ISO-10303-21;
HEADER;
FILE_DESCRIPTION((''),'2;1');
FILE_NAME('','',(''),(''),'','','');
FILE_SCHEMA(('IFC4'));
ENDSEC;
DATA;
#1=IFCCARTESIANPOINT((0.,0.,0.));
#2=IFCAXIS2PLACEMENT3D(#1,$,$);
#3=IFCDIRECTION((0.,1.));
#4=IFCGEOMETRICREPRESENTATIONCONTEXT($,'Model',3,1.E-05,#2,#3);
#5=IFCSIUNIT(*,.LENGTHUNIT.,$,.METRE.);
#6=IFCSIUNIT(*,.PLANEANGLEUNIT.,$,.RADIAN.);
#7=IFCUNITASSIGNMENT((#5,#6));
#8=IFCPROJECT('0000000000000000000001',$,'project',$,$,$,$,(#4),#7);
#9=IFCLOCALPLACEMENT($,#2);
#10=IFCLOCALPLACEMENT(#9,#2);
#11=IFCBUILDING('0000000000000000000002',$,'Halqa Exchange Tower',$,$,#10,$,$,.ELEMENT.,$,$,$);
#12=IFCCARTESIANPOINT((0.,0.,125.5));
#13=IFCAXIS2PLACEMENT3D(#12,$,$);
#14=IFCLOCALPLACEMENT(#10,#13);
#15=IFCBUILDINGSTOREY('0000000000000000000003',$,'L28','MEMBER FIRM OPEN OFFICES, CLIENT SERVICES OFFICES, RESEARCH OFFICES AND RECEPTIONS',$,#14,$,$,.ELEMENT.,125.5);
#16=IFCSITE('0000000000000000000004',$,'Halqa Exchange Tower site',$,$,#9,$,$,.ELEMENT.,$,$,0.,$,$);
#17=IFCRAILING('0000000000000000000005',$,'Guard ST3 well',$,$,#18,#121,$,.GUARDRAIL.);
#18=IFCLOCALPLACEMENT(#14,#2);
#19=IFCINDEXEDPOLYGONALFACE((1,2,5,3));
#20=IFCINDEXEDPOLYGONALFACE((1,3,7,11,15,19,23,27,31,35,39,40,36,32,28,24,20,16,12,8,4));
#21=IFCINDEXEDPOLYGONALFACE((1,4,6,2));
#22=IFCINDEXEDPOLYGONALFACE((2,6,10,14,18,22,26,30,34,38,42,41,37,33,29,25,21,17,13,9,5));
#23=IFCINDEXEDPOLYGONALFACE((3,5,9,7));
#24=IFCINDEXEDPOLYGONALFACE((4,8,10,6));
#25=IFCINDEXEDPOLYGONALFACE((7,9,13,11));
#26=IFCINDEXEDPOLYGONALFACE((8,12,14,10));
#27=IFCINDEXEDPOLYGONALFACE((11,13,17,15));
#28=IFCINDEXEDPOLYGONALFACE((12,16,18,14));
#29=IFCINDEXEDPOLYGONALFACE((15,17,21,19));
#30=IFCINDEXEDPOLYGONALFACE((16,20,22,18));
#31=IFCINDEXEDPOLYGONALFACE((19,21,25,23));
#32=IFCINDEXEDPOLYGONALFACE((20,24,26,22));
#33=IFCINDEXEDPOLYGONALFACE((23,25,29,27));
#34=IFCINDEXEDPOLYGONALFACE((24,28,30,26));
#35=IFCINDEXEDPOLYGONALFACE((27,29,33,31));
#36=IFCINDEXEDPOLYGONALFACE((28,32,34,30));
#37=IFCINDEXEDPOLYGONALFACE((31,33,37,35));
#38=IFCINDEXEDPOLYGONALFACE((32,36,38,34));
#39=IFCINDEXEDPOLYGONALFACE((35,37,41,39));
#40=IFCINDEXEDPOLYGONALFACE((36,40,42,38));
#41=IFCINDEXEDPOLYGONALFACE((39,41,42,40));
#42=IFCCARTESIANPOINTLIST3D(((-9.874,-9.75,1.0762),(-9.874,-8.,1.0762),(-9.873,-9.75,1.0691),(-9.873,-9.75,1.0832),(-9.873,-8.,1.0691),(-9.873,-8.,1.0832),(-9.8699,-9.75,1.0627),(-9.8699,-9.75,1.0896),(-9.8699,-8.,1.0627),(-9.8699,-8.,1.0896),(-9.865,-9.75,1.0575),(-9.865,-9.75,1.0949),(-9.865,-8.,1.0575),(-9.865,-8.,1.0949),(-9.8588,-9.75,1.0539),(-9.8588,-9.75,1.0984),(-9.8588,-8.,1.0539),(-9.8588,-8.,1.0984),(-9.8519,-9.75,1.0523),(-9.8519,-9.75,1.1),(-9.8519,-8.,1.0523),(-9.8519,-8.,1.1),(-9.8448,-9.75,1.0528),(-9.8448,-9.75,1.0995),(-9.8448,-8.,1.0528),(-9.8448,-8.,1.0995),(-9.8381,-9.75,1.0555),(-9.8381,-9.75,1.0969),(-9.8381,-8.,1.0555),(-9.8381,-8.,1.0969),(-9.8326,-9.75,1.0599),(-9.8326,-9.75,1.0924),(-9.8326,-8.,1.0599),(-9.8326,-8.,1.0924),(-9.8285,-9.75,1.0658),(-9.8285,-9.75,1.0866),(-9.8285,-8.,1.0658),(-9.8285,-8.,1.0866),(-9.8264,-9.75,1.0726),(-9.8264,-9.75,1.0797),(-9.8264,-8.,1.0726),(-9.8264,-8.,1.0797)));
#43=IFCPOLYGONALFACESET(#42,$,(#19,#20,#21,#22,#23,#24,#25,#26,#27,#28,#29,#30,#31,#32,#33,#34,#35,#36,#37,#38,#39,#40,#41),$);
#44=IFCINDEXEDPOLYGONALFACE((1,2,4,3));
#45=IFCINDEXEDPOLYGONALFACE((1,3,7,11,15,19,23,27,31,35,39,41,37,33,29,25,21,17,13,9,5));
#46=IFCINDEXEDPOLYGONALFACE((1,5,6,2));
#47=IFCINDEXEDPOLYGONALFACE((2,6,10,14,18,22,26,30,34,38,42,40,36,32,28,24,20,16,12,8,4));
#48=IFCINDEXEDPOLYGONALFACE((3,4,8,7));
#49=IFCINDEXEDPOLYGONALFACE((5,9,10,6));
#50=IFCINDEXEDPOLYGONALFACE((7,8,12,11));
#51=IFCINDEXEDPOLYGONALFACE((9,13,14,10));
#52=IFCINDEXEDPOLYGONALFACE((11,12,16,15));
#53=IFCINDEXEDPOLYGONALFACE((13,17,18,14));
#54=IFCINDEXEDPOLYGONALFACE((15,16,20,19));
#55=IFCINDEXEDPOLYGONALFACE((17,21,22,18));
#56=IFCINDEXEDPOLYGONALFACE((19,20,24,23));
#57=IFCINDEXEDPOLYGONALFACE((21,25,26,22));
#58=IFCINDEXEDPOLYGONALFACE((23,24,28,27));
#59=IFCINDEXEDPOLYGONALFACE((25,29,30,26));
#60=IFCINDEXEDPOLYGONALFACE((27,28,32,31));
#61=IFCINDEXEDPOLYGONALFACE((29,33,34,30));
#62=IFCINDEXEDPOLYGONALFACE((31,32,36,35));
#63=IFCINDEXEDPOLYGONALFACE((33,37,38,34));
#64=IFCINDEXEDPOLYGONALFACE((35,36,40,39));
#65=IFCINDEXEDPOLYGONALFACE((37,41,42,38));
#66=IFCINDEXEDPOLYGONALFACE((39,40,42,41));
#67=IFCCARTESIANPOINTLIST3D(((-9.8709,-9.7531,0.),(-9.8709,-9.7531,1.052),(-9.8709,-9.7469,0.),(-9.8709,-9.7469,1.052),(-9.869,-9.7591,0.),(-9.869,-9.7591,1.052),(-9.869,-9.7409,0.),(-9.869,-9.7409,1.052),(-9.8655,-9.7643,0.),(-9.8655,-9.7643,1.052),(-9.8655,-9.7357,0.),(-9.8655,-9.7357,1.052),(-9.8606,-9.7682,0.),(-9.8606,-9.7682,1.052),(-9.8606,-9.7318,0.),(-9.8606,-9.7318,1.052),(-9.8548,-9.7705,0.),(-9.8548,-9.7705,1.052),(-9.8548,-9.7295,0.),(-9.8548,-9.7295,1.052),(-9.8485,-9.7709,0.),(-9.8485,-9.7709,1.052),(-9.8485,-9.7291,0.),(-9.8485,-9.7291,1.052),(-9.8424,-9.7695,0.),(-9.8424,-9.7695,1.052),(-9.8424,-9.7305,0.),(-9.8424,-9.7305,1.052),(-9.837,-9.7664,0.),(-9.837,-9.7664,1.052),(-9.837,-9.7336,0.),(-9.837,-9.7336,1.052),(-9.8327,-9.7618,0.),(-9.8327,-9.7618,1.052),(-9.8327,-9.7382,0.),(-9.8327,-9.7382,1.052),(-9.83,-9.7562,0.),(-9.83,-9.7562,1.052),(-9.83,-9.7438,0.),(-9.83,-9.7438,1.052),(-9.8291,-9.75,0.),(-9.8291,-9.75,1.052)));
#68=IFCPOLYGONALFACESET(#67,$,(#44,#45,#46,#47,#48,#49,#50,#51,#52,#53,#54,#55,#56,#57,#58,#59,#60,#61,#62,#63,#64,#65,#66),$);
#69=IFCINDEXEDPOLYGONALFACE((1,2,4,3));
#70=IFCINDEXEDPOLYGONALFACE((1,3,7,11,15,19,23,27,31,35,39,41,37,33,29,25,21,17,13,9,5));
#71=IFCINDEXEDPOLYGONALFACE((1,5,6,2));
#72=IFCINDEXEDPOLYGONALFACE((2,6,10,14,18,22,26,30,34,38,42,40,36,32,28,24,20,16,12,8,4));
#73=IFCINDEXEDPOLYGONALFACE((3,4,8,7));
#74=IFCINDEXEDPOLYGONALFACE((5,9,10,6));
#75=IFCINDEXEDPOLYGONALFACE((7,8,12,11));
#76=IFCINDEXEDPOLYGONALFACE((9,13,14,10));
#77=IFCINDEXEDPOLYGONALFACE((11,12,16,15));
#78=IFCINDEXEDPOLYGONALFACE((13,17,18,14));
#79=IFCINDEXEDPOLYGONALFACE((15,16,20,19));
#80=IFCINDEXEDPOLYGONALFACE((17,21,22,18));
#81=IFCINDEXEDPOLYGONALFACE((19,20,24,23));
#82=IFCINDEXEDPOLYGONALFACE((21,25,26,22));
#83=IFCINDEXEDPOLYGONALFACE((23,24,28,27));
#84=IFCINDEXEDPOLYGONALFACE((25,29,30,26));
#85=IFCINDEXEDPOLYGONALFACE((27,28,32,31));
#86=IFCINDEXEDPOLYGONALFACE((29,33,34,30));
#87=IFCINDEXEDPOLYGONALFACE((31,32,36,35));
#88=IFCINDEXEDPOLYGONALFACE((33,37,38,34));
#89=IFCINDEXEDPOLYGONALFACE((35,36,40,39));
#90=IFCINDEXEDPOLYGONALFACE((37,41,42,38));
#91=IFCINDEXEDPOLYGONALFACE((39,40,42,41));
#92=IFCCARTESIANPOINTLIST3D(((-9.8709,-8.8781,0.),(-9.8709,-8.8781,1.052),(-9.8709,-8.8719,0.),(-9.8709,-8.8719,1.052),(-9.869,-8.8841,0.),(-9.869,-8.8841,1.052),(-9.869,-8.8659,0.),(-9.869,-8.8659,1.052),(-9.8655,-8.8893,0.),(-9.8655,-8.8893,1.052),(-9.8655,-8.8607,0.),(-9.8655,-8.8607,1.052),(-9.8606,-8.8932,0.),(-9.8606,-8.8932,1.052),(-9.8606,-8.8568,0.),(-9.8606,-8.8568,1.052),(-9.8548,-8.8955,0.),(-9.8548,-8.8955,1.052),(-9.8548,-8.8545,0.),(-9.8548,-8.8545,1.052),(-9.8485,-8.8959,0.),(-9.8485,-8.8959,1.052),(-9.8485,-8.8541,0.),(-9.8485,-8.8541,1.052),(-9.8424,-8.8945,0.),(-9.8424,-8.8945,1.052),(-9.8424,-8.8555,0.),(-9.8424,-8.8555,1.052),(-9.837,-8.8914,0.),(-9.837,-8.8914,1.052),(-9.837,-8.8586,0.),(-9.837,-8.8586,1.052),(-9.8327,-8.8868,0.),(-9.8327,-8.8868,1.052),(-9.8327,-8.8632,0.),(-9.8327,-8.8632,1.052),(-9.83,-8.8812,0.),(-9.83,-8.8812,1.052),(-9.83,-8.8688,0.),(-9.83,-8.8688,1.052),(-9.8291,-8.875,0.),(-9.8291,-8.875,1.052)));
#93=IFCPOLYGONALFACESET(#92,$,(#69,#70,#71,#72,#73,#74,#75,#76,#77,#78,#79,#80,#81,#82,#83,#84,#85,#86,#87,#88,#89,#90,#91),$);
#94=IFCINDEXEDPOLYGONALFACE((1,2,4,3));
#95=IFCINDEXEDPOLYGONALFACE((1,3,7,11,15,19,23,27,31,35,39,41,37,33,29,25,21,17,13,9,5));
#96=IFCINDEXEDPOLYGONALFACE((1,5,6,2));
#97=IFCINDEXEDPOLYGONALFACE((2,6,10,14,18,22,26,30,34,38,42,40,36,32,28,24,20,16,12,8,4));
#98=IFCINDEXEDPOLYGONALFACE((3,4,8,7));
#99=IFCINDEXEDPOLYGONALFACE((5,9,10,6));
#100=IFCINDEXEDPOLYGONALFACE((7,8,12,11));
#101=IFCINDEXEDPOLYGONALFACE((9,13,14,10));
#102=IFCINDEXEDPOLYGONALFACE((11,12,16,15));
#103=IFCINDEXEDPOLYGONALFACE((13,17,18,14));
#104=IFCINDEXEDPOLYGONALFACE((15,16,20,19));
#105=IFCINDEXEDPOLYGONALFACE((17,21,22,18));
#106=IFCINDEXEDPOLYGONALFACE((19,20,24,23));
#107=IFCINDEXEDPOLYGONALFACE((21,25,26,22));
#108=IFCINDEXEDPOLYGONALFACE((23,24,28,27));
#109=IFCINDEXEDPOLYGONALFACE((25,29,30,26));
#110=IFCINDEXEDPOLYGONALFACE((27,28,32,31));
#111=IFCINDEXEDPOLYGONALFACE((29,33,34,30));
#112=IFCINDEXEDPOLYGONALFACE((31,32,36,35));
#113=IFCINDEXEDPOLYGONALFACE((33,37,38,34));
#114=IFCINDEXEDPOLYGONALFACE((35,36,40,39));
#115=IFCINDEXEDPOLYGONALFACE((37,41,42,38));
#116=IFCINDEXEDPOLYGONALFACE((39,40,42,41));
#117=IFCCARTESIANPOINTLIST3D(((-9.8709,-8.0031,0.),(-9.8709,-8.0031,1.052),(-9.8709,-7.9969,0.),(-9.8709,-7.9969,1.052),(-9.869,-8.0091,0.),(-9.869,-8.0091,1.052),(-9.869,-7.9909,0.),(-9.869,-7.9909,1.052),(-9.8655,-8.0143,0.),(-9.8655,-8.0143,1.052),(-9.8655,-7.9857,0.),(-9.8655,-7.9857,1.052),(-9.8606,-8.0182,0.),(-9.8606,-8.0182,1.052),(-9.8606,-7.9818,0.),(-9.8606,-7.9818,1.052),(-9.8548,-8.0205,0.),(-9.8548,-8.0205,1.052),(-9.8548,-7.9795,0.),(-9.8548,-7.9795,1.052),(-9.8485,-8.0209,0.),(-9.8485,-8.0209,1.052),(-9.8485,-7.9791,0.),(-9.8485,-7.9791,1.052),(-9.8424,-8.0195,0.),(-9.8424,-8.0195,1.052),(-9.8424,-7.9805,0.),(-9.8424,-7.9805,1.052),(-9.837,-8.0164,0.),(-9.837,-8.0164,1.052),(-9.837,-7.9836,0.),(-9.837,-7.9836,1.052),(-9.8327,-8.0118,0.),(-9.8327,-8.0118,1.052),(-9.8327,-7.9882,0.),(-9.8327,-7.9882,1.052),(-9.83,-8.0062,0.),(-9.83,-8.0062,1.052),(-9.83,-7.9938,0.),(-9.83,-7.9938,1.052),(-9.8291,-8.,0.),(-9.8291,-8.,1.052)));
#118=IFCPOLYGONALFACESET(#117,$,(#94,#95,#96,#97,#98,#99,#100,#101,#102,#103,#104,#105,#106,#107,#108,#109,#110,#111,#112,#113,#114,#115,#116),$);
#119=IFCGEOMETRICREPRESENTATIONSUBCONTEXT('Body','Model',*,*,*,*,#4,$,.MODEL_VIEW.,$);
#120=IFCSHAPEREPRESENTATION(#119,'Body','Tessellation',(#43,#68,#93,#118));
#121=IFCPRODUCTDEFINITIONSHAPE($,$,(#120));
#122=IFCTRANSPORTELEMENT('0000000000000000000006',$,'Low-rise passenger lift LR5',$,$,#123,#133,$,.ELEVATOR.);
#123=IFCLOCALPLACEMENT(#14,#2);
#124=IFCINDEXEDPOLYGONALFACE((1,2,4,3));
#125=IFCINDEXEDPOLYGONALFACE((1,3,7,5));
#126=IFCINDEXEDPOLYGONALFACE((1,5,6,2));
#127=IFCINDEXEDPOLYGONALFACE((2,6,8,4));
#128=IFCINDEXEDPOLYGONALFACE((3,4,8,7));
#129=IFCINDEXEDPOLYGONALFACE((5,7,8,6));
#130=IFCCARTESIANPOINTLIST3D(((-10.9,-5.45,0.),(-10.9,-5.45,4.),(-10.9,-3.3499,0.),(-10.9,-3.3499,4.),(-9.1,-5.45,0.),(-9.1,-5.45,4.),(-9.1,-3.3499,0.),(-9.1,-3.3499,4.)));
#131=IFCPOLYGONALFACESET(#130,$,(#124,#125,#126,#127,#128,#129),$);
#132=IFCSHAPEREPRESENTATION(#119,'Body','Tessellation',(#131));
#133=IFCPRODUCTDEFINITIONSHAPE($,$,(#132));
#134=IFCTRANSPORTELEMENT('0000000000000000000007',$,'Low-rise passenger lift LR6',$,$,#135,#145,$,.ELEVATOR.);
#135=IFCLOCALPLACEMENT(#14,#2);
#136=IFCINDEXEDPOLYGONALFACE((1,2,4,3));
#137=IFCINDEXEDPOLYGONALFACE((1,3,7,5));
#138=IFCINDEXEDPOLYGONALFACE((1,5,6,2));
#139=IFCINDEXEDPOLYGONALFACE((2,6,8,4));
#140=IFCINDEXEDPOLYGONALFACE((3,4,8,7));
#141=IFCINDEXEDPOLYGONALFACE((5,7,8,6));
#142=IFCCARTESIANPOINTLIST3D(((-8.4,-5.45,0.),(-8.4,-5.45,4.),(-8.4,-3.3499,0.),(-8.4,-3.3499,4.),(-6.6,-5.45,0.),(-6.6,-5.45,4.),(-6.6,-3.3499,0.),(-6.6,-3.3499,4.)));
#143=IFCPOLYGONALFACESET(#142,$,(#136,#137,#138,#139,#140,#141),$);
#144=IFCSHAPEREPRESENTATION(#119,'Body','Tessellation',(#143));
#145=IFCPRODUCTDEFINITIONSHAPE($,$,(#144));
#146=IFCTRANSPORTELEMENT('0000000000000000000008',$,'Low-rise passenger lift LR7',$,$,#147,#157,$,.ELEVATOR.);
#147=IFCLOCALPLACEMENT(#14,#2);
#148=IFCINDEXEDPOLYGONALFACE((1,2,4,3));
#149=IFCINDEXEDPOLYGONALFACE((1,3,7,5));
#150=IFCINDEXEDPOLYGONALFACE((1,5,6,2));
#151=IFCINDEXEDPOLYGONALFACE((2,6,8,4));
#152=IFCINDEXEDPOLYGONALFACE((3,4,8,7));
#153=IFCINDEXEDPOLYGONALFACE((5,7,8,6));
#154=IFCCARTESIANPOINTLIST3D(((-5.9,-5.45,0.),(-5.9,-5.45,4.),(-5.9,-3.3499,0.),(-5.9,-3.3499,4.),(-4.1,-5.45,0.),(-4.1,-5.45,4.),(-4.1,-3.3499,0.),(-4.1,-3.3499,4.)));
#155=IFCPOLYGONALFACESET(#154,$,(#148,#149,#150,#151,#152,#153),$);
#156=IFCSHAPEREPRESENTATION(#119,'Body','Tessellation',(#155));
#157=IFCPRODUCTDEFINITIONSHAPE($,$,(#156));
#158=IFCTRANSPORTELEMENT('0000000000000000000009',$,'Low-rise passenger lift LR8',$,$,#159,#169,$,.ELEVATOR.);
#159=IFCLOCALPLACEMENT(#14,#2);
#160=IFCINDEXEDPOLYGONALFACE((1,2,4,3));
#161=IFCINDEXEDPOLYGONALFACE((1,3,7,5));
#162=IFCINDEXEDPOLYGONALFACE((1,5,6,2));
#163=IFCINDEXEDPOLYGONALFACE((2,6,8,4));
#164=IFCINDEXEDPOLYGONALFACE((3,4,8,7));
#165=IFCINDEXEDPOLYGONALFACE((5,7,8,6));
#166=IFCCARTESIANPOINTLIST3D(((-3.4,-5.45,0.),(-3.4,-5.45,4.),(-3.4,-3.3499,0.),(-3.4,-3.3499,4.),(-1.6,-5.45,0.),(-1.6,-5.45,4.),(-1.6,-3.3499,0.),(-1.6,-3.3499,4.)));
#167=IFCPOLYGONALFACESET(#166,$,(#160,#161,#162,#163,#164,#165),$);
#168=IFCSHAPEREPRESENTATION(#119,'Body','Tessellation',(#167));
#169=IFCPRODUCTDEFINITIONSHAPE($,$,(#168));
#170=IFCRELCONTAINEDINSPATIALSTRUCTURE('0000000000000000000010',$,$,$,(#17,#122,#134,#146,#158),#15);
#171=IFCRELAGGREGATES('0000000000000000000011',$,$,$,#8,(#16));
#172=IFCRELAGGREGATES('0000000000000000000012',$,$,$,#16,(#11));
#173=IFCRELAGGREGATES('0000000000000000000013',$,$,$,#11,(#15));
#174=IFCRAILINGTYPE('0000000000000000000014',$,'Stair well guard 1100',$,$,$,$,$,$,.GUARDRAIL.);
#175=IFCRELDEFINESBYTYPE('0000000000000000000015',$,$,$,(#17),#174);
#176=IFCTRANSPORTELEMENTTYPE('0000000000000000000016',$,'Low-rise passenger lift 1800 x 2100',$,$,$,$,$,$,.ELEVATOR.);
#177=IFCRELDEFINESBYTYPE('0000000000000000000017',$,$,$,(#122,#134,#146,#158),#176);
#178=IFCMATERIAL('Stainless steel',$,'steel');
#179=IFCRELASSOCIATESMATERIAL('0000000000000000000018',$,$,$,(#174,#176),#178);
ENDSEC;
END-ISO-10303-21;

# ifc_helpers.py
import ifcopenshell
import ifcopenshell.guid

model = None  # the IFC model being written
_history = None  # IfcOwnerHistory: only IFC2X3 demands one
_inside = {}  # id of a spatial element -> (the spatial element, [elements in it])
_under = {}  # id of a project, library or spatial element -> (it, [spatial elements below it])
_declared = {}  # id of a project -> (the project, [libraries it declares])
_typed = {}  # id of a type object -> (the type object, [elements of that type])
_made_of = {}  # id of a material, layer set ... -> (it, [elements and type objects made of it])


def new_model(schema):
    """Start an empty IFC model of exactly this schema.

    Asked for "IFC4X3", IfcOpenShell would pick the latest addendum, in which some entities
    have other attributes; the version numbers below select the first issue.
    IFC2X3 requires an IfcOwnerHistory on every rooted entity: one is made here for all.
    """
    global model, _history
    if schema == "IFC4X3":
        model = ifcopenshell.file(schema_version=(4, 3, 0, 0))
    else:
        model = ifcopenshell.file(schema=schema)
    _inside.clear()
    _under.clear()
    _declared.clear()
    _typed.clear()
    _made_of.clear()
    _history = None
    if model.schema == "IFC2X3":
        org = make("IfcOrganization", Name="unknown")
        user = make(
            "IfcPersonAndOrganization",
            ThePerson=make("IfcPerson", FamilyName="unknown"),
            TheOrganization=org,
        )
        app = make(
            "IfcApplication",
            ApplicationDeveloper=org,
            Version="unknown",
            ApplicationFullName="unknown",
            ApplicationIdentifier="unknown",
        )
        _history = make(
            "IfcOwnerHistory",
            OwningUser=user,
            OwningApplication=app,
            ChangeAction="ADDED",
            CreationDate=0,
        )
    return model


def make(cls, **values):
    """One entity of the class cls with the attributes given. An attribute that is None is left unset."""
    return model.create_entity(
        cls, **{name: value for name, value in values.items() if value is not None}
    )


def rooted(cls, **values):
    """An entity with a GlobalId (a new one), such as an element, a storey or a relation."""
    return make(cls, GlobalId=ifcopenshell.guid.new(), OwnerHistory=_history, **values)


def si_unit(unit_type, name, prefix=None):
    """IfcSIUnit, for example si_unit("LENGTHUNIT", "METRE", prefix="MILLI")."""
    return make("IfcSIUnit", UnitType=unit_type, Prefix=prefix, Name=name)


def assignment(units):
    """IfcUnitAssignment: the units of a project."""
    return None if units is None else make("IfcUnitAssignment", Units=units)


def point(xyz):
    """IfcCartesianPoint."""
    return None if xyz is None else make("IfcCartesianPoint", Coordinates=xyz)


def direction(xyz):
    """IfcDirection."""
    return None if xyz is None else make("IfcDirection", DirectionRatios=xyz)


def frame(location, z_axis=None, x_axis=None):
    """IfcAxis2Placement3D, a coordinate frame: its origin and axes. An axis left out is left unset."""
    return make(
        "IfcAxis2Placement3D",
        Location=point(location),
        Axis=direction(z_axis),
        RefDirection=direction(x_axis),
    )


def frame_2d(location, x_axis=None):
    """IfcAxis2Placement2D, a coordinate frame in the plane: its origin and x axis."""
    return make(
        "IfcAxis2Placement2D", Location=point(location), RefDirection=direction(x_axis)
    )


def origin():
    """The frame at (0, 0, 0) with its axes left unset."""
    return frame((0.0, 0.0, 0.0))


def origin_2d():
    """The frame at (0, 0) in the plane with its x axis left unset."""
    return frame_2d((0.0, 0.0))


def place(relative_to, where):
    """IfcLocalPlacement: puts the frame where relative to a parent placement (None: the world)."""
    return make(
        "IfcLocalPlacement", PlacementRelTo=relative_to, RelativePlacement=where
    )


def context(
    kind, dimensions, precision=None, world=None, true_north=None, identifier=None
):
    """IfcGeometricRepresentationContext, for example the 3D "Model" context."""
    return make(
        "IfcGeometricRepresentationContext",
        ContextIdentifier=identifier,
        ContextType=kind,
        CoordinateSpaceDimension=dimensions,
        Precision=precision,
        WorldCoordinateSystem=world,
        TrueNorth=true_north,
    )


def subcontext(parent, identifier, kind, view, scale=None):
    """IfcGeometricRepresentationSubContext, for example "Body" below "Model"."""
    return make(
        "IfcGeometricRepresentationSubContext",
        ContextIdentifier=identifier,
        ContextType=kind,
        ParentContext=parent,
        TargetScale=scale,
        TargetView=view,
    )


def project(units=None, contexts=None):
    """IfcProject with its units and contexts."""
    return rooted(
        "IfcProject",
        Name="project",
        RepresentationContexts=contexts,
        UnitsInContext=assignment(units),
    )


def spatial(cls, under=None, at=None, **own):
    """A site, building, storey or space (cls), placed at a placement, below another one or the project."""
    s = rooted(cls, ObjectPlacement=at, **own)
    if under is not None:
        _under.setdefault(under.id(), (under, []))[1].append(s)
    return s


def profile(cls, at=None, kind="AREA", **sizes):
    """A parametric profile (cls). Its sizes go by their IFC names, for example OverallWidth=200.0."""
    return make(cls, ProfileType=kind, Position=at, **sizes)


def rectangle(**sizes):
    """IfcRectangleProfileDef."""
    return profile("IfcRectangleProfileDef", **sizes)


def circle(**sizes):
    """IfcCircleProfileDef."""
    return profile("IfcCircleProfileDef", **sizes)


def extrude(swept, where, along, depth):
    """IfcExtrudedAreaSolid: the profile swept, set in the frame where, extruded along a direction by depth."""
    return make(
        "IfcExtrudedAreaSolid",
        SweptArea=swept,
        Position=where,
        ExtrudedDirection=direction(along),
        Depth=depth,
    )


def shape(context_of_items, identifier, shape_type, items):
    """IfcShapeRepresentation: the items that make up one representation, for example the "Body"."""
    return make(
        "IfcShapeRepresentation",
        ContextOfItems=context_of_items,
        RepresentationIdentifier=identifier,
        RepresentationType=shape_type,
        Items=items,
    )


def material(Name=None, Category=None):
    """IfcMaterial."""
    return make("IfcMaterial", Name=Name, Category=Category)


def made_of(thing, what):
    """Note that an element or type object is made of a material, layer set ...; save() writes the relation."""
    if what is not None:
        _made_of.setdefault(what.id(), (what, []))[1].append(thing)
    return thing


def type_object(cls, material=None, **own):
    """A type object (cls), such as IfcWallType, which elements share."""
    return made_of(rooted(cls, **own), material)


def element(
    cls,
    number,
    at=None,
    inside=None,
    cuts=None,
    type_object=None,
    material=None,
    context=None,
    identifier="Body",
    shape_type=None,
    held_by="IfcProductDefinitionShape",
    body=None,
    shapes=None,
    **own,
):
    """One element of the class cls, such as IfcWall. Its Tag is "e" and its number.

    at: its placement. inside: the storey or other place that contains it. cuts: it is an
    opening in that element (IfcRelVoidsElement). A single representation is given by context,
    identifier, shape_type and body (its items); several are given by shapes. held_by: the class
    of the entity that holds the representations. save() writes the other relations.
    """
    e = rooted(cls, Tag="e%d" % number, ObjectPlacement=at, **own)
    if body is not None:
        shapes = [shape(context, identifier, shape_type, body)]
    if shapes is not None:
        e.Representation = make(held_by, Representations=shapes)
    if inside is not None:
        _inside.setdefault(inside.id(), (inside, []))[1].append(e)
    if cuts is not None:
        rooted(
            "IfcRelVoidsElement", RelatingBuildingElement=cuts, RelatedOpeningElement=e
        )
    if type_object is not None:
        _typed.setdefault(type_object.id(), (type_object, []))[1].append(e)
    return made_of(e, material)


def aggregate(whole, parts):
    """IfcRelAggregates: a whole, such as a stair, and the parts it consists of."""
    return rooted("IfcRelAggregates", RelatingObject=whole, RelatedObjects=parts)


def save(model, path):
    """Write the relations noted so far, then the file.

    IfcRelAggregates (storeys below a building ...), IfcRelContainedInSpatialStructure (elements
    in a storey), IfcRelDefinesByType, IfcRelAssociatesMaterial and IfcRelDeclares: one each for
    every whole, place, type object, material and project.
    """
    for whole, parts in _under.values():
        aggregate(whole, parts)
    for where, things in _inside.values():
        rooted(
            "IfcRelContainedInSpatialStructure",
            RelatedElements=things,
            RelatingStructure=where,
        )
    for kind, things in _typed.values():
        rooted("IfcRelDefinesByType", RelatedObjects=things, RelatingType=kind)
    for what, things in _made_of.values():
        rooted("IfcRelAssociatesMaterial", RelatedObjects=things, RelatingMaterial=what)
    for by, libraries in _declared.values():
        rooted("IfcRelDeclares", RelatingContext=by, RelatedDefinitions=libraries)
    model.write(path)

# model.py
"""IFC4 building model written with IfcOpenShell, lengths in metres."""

from ifc_helpers import new_model, si_unit, direction, frame, origin, origin_2d, place, context, subcontext, project, spatial, rectangle, circle, extrude, material, type_object, element, save


model = new_model("IFC4")

# Units and contexts
model_context = context("Model", 3, precision=1e-05, world=origin(), true_north=direction((0.0, 1.0)))
body_context = subcontext(model_context, "Body", "Model", "MODEL_VIEW")
ifc_project = project(units=[si_unit("LENGTHUNIT", "METRE"), si_unit("PLANEANGLEUNIT", "RADIAN")], contexts=[model_context])

# Site, building, storey
site_placement = place(None, origin())
site = spatial("IfcSite", under=ifc_project, at=site_placement, Name="Halqa Exchange Tower site", CompositionType="ELEMENT", RefElevation=0.0)
building_placement = place(site_placement, origin())
building = spatial("IfcBuilding", under=site, at=building_placement, Name="Halqa Exchange Tower", CompositionType="ELEMENT")
storey_placement = place(building_placement, frame((0.0, 0.0, 125.5)))
storey = spatial("IfcBuildingStorey", under=building, at=storey_placement, Name="L28", Description="MEMBER FIRM OPEN OFFICES, CLIENT SERVICES OFFICES, RESEARCH OFFICES AND RECEPTIONS", CompositionType="ELEMENT", Elevation=125.5)

# Shared definitions
ifc_material_1 = material(Name="Stainless steel", Category="steel")

# Railing
railing_type_1 = type_object("IfcRailingType", Name="Stair well guard 1100", PredefinedType="GUARDRAIL", material=ifc_material_1)
railing_1_placement = place(storey_placement, frame((-9.8501, -9.75, 0.0)))
element("IfcRailing", 1, at=railing_1_placement, inside=storey, type_object=railing_type_1, Name="Guard ST3 well", PredefinedType="GUARDRAIL", context=body_context, shape_type="SweptSolid", body=[
    extrude(circle(Radius=0.0239, at=origin_2d()), frame((0.0, 0.0, 1.0762), z_axis=(0.0, 1.0, 0.0), x_axis=(-1.0, 0.0, 0.0)), (0.0, 0.0, 1.0), 1.75),
    extrude(circle(Radius=0.021, at=origin_2d()), origin(), (0.0, 0.0, 1.0), 1.052),
    extrude(circle(Radius=0.021, at=origin_2d()), frame((0.0, 0.875, 0.0)), (0.0, 0.0, 1.0), 1.052),
    extrude(circle(Radius=0.021, at=origin_2d()), frame((0.0, 1.75, 0.0)), (0.0, 0.0, 1.0), 1.052),
])

# Transport elements
transport_element_type = type_object("IfcTransportElementType", Name="Low-rise passenger lift 1800 x 2100", PredefinedType="ELEVATOR", material=ifc_material_1)
for number, where, z_axis, x_axis, name in (
    (2, (-10.0, -4.3999, 0.0), (0.0, 0.0, 1.0), (1.0, 0.0, 0.0), "Low-rise passenger lift LR5"),
    (3, (-7.5, -4.3999, 0.0), (0.0, 0.0, 1.0), (1.0, 0.0, 0.0), "Low-rise passenger lift LR6"),
    (4, (-5.0, -4.3999, 0.0), (0.0, 0.0, 1.0), (1.0, 0.0, 0.0), "Low-rise passenger lift LR7"),
    (5, (-2.5, -4.3999, 0.0), (0.0, 0.0, 1.0), (1.0, 0.0, 0.0), "Low-rise passenger lift LR8"),
):
    element("IfcTransportElement", number, at=place(storey_placement, frame(where, z_axis=z_axis, x_axis=x_axis)), inside=storey, type_object=transport_element_type, Name=name, PredefinedType="ELEVATOR", context=body_context, shape_type="SweptSolid", body=[
        extrude(rectangle(XDim=1.8, YDim=2.1001, at=origin_2d()), origin(), (0.0, 0.0, 1.0), 4.0),
    ])

save(model, "model.ifc")
